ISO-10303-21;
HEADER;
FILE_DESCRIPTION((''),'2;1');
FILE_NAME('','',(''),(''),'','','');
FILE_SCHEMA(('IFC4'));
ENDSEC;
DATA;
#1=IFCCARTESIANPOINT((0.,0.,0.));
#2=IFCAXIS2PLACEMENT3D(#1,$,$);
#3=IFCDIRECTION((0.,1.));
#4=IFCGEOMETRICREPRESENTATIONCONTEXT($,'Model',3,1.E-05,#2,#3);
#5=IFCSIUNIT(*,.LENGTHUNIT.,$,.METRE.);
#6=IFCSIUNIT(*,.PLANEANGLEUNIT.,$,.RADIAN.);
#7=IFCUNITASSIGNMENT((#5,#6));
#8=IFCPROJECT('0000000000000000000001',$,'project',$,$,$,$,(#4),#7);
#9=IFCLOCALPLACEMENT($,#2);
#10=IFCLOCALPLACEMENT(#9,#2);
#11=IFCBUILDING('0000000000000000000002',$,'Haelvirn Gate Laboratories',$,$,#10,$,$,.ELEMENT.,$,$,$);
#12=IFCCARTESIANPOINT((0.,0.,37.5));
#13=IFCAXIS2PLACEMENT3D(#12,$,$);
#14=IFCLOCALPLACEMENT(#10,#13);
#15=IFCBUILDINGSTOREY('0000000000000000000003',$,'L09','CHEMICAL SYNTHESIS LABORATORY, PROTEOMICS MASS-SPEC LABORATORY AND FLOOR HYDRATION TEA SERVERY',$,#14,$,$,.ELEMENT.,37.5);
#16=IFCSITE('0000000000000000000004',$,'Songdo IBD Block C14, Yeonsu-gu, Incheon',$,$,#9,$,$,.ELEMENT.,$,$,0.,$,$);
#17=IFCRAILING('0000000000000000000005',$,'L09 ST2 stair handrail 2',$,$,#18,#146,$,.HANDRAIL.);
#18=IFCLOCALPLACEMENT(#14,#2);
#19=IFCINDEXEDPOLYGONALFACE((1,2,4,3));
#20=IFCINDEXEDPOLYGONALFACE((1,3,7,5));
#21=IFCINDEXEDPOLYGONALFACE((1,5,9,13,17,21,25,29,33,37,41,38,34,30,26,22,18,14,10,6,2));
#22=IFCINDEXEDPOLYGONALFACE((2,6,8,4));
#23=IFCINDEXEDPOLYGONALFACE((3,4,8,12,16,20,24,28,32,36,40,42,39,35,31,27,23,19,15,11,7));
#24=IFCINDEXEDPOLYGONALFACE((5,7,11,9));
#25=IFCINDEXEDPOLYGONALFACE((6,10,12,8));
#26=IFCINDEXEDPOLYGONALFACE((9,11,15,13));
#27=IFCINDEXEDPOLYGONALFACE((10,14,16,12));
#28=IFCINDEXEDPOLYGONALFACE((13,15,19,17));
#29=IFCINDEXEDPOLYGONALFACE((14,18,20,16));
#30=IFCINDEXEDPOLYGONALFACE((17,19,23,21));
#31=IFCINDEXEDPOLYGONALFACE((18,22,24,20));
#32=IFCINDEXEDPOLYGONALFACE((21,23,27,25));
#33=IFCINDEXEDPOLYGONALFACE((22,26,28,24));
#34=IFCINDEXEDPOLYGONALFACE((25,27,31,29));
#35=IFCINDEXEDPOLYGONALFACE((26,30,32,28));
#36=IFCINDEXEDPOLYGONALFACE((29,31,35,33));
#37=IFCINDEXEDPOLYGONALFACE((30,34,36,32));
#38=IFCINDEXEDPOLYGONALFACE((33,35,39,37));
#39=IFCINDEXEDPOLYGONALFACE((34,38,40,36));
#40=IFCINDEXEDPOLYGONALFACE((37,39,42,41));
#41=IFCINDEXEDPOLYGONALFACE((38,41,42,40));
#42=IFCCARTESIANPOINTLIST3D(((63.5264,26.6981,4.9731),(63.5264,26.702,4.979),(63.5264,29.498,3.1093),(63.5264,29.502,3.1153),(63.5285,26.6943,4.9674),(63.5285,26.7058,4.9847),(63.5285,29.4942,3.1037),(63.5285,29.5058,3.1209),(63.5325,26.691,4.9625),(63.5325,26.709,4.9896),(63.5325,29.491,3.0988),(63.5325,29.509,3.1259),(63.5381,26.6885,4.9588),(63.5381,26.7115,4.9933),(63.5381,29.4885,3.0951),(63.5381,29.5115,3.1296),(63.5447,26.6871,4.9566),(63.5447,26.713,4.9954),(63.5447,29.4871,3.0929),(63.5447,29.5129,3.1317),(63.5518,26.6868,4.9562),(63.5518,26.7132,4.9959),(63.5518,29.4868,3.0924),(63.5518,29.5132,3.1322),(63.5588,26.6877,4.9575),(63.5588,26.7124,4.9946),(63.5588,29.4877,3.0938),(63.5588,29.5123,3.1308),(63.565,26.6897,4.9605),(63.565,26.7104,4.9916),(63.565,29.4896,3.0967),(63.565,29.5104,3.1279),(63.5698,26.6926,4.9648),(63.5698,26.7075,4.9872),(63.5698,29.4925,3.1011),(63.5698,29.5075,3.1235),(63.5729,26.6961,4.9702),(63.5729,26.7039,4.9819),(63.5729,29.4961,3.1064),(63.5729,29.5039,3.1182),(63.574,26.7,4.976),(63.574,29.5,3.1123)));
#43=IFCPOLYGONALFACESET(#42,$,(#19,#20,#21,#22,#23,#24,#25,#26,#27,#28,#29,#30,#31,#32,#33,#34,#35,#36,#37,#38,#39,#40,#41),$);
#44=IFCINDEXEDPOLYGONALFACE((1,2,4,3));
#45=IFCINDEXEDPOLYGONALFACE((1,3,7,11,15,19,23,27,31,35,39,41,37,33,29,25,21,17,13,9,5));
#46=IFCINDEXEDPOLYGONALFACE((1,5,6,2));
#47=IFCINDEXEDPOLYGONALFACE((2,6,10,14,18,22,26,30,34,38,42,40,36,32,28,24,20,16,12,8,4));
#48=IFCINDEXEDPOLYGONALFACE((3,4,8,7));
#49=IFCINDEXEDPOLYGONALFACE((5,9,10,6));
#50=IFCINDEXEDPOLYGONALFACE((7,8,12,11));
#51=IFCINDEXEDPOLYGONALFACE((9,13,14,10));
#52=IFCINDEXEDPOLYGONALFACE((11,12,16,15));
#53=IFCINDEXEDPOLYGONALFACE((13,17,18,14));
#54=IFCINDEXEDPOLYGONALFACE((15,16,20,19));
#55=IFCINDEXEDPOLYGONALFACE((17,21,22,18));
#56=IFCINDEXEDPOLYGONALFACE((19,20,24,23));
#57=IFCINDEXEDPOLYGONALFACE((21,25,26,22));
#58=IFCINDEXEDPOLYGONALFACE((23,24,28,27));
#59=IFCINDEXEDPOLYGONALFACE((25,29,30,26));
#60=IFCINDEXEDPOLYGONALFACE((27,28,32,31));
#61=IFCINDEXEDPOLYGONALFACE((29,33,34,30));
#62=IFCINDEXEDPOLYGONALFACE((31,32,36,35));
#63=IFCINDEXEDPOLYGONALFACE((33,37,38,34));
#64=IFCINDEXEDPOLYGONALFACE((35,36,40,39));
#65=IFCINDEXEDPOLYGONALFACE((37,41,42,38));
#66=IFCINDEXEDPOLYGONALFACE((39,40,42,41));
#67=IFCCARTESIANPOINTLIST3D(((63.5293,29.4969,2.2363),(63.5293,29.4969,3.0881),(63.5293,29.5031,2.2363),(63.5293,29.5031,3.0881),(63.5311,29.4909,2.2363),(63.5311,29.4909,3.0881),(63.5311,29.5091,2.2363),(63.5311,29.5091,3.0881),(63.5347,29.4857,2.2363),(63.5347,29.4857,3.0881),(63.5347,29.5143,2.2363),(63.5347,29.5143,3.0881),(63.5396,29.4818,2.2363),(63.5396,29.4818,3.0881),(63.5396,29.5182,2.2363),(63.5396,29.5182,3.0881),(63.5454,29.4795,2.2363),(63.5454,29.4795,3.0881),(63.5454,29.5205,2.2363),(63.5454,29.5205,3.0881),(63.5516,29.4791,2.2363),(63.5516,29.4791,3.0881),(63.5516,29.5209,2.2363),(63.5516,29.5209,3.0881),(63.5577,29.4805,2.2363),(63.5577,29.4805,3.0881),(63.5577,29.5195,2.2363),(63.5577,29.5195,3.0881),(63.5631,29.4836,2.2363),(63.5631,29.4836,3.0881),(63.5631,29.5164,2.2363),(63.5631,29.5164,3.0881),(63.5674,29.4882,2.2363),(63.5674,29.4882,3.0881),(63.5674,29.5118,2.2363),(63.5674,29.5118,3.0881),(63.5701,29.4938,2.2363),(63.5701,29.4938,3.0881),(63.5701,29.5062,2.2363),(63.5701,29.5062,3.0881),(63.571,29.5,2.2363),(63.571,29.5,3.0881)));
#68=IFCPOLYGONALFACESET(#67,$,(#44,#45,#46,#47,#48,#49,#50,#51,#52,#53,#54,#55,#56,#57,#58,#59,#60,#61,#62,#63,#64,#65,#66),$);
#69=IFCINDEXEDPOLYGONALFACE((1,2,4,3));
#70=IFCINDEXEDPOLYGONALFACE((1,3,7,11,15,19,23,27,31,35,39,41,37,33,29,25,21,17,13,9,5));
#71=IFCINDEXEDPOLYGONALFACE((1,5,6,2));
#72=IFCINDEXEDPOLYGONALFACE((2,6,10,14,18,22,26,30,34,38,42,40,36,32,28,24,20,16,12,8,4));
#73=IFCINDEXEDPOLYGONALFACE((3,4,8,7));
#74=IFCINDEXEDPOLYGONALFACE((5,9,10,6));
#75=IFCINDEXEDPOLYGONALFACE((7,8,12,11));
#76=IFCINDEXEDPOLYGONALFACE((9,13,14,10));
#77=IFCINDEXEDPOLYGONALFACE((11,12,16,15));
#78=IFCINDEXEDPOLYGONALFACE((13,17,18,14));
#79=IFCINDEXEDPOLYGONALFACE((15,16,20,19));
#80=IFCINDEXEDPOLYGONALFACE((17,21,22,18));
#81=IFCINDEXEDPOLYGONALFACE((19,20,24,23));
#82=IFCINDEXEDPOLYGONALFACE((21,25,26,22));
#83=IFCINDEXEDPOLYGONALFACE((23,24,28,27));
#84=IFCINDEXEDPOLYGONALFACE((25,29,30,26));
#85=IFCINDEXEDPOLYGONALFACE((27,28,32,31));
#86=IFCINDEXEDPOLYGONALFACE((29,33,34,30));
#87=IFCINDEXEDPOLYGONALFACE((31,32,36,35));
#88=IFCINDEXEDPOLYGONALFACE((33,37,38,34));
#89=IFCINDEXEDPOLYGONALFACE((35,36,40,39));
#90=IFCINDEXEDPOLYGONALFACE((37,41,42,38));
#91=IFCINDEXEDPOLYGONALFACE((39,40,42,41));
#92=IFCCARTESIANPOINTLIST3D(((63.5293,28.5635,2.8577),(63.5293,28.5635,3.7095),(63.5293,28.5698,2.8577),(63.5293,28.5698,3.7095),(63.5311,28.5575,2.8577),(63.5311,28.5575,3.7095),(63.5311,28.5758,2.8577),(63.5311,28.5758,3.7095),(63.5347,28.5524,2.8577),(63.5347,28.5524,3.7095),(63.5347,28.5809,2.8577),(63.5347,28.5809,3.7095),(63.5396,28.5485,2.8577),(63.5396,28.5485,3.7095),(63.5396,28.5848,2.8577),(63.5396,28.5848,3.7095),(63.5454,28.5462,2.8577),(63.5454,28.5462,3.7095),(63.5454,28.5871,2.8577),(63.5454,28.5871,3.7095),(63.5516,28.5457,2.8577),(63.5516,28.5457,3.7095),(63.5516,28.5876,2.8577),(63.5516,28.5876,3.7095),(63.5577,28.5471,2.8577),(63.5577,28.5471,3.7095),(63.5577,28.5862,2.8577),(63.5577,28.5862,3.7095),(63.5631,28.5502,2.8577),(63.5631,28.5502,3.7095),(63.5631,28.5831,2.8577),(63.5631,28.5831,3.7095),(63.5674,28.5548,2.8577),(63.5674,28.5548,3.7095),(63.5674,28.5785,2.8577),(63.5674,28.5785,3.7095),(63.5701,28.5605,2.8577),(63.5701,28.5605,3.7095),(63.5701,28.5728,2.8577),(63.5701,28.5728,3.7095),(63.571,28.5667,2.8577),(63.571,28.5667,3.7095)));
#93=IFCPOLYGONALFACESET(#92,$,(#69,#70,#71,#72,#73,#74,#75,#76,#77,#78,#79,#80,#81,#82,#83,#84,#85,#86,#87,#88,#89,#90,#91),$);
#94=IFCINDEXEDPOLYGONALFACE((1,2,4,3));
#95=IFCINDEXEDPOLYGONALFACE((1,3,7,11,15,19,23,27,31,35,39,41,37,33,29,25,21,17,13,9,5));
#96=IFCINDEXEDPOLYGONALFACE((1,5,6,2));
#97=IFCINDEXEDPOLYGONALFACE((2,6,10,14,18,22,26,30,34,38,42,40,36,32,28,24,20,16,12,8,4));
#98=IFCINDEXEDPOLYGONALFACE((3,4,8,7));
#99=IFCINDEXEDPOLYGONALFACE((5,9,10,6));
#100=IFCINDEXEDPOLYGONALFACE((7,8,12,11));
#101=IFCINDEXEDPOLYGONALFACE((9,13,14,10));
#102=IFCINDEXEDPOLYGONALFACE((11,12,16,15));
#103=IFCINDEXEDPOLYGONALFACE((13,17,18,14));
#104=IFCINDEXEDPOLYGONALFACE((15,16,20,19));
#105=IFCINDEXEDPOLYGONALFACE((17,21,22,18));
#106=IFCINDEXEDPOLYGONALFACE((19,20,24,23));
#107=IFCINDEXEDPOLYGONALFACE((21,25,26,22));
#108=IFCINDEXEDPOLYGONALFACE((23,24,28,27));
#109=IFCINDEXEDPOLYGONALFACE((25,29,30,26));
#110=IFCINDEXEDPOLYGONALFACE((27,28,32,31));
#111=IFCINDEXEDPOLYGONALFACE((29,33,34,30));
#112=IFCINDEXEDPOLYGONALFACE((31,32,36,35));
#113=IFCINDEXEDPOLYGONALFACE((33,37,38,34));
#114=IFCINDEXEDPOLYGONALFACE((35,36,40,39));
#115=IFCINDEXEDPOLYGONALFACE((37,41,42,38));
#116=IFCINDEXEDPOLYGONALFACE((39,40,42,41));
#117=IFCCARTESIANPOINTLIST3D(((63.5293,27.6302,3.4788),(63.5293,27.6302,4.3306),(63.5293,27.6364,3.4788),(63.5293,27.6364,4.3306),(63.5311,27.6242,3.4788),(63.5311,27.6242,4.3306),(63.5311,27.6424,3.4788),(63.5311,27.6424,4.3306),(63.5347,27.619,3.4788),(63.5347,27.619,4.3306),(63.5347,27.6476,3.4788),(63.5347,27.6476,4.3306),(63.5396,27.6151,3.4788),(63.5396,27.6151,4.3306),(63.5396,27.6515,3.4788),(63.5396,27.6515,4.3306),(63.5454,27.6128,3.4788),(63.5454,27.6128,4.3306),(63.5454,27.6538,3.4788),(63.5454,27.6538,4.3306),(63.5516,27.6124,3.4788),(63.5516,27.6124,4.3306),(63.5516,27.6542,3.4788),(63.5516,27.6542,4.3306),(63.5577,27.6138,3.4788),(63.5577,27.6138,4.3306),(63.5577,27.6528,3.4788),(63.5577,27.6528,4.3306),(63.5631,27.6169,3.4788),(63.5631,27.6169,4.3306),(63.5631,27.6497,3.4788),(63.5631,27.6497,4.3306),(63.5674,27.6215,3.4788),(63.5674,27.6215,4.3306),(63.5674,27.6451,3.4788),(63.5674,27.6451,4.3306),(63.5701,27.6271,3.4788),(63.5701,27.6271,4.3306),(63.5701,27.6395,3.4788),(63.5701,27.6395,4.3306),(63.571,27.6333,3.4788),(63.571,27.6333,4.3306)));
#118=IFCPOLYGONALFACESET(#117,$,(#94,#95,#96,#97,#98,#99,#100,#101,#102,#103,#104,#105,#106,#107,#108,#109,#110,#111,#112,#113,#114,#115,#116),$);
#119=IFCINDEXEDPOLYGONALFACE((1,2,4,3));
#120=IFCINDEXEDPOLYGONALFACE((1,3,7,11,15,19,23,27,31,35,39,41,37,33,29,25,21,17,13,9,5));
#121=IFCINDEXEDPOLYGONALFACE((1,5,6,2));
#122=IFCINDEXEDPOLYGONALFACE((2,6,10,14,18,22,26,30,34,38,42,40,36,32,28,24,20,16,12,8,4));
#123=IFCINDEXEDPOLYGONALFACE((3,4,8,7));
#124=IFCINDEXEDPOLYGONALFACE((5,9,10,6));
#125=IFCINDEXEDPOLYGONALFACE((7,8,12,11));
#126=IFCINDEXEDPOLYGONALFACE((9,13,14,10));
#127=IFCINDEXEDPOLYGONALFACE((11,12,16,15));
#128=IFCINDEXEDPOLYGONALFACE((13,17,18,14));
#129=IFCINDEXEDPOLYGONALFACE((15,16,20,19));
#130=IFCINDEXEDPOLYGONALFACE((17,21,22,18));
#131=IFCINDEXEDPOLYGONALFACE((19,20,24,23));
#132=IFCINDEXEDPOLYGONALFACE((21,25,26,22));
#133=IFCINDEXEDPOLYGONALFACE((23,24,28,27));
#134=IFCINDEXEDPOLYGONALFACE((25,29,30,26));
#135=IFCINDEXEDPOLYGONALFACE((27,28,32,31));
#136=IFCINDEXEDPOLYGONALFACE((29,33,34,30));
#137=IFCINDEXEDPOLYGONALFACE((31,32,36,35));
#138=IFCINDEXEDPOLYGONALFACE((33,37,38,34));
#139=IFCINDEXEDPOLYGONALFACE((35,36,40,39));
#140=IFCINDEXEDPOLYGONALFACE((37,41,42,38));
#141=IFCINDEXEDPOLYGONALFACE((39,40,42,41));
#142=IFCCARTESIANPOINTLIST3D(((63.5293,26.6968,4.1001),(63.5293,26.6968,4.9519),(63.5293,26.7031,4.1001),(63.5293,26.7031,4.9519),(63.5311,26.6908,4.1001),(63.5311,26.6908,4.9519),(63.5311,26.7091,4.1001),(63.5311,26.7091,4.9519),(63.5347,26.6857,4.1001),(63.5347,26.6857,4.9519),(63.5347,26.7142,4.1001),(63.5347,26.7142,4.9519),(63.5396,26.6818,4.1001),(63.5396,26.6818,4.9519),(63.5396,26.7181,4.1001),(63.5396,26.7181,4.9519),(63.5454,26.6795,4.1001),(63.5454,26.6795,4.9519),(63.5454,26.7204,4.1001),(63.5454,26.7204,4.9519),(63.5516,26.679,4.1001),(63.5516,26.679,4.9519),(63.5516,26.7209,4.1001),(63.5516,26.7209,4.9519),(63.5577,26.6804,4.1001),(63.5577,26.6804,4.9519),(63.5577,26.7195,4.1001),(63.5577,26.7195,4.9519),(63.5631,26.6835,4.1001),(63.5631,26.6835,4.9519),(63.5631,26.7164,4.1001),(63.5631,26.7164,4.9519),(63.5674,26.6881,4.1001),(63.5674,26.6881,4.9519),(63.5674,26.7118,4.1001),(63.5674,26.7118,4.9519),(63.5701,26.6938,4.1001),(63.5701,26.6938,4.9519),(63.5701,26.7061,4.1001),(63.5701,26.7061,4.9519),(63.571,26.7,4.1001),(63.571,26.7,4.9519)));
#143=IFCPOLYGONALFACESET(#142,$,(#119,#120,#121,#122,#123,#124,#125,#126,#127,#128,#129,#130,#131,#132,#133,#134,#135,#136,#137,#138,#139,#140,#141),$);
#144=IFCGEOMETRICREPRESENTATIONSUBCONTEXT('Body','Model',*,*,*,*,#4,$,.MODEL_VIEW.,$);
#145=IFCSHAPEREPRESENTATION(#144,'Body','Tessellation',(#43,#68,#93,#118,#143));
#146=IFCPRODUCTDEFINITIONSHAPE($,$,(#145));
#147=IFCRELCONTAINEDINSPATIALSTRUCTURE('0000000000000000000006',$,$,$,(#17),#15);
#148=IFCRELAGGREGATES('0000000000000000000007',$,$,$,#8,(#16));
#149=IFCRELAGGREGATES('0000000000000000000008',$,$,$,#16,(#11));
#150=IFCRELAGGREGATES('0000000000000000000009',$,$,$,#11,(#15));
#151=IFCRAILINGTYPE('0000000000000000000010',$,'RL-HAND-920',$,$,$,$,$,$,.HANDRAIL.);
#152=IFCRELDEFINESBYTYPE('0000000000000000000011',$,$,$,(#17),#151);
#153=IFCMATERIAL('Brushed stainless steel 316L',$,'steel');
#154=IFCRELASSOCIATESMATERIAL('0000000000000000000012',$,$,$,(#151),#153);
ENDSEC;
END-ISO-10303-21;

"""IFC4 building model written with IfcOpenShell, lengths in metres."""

from ifc_helpers import new_model, si_unit, direction, frame, origin, origin_2d, place, context, subcontext, project, spatial, circle, extrude, source, transform, mapped, material, type_object, element, save


model = new_model("IFC4")

# Units and contexts
model_context = context("Model", 3, precision=1e-05, world=origin(), true_north=direction((0.0, 1.0)))
body_context = subcontext(model_context, "Body", "Model", "MODEL_VIEW")
ifc_project = project(units=[si_unit("LENGTHUNIT", "METRE"), si_unit("PLANEANGLEUNIT", "RADIAN")], contexts=[model_context])

# Site, building, storey
site_placement = place(None, origin())
site = spatial("IfcSite", under=ifc_project, at=site_placement, Name="Songdo IBD Block C14, Yeonsu-gu, Incheon", CompositionType="ELEMENT", RefElevation=0.0)
building_placement = place(site_placement, origin())
building = spatial("IfcBuilding", under=site, at=building_placement, Name="Haelvirn Gate Laboratories", CompositionType="ELEMENT")
storey_placement = place(building_placement, frame((0.0, 0.0, 37.5)))
storey = spatial("IfcBuildingStorey", under=building, at=storey_placement, Name="L09", Description="CHEMICAL SYNTHESIS LABORATORY, PROTEOMICS MASS-SPEC LABORATORY AND FLOOR HYDRATION TEA SERVERY", CompositionType="ELEMENT", Elevation=37.5)

# Railing
ifc_material_1 = material(Name="Brushed stainless steel 316L", Category="steel")
railing_type_1 = type_object("IfcRailingType", Name="RL-HAND-920", PredefinedType="HANDRAIL", material=ifc_material_1)
shared_shape_1 = source(origin(), body_context, "Body", "SweptSolid", [
    extrude(circle(Radius=0.0239, at=origin_2d()), frame((0.0, 0.0, 0.876), z_axis=(0.0, -0.832452, 0.554097), x_axis=(1.0, 0.0, 0.0)), (0.0, 0.0, 1.0), 3.3635),
    extrude(circle(Radius=0.021, at=origin_2d()), origin(), (0.0, 0.0, 1.0), 0.8518),
    extrude(circle(Radius=0.021, at=origin_2d()), frame((0.0, -0.9333, 0.6213)), (0.0, 0.0, 1.0), 0.8518),
    extrude(circle(Radius=0.021, at=origin_2d()), frame((0.0, -1.8667, 1.2424)), (0.0, 0.0, 1.0), 0.8518),
    extrude(circle(Radius=0.021, at=origin_2d()), frame((0.0, -2.8, 1.8638)), (0.0, 0.0, 1.0), 0.8518),
])
railing_1_placement = place(storey_placement, frame((63.55, 29.5, 2.2363)))
element("IfcRailing", 1, at=railing_1_placement, inside=storey, type_object=railing_type_1, Name="L09 ST2 stair handrail 2", PredefinedType="HANDRAIL", context=body_context, shape_type="MappedRepresentation", body=[
    mapped(shared_shape_1, transform((0.0, 0.0, 0.0), scale=1.0)),
])

save(model, "model.ifc")
